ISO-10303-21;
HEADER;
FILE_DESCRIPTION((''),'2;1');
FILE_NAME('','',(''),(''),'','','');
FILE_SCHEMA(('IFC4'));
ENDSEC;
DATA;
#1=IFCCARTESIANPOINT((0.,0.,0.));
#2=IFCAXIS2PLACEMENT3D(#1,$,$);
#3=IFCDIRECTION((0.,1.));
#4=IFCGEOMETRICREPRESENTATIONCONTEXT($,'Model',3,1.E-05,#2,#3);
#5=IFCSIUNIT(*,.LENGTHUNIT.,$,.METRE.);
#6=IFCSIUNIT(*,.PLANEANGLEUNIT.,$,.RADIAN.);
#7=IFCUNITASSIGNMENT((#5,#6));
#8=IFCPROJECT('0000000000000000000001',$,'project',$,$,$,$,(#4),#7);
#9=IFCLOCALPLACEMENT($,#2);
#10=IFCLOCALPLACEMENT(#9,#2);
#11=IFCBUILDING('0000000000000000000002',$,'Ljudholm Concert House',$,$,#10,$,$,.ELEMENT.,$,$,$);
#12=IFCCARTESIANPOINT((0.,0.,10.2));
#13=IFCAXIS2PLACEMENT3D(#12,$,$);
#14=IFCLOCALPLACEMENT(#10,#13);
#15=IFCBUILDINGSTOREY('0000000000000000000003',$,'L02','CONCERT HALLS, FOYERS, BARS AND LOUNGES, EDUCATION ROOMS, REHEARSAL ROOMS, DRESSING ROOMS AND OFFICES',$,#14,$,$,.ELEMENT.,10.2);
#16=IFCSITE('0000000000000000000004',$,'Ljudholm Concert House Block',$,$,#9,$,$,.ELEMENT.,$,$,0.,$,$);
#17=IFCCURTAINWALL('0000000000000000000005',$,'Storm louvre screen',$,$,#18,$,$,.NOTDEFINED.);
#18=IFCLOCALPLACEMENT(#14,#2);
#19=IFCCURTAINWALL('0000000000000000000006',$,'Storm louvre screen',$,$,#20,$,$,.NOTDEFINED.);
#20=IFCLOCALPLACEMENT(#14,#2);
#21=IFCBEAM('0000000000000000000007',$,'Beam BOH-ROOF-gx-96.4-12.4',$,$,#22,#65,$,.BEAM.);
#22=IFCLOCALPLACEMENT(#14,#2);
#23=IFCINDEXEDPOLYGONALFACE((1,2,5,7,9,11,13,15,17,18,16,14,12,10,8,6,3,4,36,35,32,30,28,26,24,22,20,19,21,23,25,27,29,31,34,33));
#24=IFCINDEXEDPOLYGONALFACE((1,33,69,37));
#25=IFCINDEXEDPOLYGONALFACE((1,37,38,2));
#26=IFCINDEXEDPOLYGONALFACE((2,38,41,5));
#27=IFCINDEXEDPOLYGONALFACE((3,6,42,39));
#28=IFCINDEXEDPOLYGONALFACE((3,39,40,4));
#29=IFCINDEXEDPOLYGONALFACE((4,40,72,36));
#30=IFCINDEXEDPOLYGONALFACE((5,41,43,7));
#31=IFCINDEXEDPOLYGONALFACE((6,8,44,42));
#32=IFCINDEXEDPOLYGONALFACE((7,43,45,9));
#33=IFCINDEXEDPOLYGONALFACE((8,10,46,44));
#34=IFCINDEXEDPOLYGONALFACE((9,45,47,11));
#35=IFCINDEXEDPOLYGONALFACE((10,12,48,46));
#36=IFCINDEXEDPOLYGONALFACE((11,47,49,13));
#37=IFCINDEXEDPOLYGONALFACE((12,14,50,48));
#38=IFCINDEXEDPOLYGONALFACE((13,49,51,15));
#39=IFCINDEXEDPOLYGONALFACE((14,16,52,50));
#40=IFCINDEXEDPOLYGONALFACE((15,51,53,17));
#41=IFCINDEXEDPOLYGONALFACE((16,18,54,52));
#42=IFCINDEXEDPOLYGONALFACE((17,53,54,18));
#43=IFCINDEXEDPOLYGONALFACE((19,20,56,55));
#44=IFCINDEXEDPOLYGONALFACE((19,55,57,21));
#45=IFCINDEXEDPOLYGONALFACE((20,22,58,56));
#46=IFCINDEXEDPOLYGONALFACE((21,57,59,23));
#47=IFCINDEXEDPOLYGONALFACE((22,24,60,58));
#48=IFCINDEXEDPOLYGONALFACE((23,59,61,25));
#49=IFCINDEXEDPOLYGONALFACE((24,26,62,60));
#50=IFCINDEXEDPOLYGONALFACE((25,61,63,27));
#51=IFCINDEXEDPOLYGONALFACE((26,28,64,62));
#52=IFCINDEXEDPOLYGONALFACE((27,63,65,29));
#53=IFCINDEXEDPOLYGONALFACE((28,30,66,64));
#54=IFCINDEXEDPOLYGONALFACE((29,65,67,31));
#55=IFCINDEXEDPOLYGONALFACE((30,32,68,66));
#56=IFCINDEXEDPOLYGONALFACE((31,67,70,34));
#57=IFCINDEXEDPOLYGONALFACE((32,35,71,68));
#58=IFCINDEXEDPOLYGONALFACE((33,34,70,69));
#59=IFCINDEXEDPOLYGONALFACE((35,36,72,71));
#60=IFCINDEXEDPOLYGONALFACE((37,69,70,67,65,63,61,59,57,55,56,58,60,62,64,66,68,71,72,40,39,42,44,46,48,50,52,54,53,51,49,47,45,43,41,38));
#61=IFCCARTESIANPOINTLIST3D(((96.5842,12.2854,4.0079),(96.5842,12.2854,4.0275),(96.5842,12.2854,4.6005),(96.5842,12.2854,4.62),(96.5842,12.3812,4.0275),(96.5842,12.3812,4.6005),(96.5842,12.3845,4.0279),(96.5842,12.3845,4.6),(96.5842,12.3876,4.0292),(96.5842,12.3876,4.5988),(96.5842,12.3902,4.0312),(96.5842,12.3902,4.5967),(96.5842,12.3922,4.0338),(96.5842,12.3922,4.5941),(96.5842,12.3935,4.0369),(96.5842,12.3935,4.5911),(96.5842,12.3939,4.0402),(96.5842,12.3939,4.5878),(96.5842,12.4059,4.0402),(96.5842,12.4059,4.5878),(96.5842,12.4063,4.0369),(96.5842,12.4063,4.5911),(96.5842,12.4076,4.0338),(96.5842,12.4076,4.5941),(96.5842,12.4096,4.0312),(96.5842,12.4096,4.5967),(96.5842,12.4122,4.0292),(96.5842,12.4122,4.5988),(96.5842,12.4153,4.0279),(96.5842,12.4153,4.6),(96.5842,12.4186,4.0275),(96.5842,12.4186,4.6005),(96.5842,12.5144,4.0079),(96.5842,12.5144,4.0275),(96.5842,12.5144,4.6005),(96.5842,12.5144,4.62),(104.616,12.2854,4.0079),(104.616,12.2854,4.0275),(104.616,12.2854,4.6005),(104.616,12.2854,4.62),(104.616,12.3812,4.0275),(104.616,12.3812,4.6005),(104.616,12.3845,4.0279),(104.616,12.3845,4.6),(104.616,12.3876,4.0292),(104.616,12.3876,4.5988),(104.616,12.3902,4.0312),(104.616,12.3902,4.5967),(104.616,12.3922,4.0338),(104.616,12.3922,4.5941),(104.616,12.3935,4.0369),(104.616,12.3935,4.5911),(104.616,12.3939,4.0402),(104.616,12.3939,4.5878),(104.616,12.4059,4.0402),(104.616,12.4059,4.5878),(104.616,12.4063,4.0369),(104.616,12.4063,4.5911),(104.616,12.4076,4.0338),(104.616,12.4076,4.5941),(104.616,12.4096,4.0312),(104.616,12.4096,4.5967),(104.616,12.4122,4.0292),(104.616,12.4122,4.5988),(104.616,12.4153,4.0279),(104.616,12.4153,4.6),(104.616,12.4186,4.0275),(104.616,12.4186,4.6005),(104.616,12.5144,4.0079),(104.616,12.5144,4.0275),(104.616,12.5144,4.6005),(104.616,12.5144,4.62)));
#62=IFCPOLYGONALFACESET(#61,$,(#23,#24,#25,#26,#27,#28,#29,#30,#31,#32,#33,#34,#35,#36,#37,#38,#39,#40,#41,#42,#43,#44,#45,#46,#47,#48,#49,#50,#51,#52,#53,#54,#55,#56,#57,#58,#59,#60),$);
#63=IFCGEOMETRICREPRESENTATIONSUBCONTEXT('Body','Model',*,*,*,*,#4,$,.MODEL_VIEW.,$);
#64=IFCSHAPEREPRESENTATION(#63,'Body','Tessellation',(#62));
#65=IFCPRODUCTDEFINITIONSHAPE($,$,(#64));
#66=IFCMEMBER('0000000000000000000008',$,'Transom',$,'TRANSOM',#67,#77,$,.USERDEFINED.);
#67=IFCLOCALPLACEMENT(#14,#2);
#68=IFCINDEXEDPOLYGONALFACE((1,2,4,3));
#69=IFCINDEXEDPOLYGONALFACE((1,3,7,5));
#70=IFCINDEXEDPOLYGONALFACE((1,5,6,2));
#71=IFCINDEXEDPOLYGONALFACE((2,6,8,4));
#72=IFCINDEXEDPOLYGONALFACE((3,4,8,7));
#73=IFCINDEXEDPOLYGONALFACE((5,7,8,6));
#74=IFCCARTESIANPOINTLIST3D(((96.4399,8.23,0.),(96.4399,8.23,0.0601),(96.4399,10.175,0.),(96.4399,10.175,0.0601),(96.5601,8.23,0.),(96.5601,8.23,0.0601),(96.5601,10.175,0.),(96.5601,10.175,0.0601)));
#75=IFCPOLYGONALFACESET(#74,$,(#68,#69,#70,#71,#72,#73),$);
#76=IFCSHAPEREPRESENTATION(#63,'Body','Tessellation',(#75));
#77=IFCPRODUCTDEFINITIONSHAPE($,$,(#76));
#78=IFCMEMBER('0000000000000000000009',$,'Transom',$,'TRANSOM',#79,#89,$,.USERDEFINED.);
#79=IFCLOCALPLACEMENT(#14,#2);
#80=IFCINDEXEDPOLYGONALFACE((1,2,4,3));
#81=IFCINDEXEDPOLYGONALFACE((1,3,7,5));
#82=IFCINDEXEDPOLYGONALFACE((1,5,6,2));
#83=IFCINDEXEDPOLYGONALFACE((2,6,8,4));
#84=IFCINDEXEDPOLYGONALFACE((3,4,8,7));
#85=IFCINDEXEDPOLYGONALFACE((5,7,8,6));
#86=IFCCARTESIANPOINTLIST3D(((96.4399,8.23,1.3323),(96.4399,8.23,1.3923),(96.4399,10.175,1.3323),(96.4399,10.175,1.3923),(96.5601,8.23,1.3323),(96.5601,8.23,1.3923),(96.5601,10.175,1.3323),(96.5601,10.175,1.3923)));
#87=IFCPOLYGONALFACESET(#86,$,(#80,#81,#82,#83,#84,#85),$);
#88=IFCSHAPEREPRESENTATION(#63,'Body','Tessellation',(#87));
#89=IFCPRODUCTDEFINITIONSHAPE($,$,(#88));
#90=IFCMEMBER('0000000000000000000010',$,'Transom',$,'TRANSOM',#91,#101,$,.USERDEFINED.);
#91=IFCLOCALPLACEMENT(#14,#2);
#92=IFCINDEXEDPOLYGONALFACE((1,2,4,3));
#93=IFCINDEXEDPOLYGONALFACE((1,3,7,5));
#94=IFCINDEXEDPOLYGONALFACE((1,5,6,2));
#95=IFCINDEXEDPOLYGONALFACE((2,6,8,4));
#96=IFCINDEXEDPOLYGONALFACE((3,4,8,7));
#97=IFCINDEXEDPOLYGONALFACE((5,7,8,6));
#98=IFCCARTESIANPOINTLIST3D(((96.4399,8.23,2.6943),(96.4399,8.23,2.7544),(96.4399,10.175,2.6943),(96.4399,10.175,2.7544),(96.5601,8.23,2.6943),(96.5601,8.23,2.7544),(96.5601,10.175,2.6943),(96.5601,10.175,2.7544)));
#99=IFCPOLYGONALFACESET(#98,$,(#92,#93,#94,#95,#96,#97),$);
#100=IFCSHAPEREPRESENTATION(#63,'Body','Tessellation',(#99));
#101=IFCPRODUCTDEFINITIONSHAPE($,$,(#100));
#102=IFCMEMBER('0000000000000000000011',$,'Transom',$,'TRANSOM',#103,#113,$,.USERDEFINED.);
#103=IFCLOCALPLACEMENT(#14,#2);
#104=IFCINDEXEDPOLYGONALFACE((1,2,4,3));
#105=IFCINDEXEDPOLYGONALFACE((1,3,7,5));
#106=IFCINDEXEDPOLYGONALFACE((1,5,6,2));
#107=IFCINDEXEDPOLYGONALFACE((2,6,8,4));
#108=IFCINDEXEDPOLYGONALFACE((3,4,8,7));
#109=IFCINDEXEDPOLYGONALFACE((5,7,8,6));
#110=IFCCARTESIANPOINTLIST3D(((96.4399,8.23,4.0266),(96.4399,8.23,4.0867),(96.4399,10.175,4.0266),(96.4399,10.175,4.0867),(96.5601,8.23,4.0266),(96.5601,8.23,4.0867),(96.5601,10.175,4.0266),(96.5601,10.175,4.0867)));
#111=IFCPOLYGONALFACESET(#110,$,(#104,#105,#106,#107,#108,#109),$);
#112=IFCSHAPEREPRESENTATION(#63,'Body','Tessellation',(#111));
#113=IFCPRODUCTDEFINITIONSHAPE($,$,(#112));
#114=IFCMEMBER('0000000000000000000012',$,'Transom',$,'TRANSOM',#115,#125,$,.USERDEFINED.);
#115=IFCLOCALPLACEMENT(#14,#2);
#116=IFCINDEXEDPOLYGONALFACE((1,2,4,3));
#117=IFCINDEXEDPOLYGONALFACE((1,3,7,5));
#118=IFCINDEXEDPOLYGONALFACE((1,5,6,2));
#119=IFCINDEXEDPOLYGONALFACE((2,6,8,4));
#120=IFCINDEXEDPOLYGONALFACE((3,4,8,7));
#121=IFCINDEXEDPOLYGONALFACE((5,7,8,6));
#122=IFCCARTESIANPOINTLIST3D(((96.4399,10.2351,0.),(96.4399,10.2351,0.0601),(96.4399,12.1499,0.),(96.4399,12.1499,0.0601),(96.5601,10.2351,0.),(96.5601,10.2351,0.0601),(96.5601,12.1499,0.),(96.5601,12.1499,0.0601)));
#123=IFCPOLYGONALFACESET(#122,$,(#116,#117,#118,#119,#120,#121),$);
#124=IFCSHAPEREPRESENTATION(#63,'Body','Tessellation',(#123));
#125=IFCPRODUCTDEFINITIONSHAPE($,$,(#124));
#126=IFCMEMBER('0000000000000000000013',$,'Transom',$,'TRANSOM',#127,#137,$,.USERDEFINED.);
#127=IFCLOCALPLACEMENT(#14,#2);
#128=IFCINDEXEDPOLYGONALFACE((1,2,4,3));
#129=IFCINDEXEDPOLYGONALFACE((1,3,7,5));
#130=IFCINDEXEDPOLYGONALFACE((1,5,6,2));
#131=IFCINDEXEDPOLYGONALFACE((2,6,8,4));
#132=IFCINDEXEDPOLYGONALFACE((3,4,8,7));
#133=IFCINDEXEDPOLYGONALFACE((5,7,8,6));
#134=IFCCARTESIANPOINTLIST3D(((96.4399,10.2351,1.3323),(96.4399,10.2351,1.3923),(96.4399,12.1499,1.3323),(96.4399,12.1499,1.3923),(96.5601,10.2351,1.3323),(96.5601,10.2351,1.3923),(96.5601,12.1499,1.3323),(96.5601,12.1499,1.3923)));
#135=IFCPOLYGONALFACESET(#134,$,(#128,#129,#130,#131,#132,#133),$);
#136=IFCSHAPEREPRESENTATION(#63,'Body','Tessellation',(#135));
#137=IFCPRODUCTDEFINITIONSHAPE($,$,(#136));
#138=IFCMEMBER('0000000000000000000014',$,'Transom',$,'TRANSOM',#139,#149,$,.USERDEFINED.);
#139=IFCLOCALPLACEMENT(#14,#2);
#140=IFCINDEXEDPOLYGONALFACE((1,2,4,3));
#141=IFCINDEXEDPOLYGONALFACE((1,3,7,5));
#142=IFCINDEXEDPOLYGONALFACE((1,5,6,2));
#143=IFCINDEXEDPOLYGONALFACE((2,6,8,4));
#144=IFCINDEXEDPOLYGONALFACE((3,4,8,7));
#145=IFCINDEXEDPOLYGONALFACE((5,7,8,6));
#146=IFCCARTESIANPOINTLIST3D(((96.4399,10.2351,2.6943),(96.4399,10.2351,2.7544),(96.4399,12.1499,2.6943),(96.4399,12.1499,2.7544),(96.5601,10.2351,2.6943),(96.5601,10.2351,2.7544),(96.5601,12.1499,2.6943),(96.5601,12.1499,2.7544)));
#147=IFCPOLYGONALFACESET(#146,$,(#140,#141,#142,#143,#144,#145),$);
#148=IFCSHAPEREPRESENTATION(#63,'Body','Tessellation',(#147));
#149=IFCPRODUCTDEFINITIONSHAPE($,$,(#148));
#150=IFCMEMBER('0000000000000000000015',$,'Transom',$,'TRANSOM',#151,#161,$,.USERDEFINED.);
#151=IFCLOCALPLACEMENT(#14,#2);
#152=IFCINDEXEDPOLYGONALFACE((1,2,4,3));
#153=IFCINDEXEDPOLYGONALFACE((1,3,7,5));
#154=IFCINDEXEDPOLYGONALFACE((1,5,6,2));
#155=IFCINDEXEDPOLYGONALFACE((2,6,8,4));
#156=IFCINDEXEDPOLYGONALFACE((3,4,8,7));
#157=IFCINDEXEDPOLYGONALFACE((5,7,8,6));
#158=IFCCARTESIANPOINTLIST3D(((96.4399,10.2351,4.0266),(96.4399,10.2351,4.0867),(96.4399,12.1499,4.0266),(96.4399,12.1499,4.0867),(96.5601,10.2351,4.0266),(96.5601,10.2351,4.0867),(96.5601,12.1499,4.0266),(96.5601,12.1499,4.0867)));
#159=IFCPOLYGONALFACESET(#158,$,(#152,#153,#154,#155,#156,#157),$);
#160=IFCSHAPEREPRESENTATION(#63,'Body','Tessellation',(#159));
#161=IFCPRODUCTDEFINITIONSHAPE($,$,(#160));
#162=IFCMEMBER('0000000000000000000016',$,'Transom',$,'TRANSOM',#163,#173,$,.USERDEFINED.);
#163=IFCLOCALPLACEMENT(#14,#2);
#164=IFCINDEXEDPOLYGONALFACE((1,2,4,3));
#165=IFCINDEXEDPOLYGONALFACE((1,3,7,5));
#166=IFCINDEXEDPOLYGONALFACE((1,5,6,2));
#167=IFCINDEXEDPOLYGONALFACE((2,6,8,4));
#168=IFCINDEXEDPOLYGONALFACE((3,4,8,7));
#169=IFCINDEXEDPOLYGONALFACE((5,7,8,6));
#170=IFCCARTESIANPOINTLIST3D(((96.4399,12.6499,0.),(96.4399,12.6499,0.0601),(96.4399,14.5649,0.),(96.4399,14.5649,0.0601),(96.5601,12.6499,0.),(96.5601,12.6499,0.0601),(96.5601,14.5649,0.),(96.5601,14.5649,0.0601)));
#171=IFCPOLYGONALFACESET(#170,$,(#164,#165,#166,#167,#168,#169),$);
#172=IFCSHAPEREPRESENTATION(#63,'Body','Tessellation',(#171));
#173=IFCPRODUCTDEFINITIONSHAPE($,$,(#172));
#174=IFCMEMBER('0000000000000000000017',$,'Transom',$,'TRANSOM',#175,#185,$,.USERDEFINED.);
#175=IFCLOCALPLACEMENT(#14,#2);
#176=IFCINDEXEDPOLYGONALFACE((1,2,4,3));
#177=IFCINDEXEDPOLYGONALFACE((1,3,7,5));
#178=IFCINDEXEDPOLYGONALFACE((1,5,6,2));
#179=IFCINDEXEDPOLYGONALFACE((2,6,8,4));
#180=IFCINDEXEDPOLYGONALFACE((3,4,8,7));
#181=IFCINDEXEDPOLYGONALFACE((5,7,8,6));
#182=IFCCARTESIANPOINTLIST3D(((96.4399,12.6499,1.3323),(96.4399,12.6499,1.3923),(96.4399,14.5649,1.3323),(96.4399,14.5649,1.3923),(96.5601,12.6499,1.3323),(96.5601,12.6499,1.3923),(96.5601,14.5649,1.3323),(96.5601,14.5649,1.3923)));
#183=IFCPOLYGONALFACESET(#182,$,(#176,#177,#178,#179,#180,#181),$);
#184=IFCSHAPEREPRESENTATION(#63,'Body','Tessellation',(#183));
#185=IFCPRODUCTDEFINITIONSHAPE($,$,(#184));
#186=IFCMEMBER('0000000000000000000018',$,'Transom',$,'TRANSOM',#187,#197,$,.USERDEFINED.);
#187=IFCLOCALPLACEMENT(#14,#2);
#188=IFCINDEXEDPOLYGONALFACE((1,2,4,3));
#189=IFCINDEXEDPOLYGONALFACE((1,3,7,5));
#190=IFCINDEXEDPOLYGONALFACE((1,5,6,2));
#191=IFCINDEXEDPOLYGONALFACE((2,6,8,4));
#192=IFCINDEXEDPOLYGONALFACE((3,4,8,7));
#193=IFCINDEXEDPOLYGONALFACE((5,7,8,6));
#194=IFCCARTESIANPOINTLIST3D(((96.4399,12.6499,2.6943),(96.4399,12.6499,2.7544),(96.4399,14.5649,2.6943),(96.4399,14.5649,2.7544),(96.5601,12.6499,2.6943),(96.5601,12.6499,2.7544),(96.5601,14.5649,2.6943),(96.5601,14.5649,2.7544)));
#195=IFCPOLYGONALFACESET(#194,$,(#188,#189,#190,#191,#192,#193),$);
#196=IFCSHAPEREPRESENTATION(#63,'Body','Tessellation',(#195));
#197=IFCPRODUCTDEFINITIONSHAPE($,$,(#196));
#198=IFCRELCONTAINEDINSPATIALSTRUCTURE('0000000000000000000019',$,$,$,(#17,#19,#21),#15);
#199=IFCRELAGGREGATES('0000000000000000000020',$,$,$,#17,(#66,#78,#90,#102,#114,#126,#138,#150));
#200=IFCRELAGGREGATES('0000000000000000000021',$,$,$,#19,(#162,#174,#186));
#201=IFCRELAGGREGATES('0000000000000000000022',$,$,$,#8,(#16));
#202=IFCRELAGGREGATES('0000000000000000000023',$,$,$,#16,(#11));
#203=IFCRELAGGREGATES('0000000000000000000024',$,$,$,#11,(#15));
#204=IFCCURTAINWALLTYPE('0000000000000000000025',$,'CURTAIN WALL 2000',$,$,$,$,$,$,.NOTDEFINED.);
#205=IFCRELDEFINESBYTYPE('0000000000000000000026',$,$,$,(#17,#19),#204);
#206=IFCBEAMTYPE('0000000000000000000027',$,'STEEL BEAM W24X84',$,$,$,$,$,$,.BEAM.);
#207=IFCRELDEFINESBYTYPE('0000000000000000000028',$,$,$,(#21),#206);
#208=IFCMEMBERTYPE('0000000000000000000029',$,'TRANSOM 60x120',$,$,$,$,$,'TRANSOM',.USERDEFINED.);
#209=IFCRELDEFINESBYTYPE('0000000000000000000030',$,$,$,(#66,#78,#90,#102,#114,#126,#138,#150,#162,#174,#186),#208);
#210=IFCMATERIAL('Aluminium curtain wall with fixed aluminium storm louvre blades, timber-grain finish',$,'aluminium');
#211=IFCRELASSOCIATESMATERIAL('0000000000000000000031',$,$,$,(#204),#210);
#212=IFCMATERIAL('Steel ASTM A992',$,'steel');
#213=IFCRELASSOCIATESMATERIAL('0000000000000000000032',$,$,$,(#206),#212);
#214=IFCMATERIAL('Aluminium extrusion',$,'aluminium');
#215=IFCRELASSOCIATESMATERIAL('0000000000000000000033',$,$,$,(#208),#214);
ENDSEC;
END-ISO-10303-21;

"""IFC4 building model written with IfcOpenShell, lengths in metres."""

from ifc_helpers import new_model, si_unit, direction, frame, origin, origin_2d, place, context, subcontext, project, spatial, rectangle, i_section, extrude, material, material_profile, profile_set, type_object, element, aggregate, save


model = new_model("IFC4")

# Units and contexts
model_context = context("Model", 3, precision=1e-05, world=origin(), true_north=direction((0.0, 1.0)))
body_context = subcontext(model_context, "Body", "Model", "MODEL_VIEW")
ifc_project = project(units=[si_unit("LENGTHUNIT", "METRE"), si_unit("PLANEANGLEUNIT", "RADIAN")], contexts=[model_context])

# Site, building, storey
site_placement = place(None, origin())
site = spatial("IfcSite", under=ifc_project, at=site_placement, Name="Ljudholm Concert House Block", CompositionType="ELEMENT", RefElevation=0.0)
building_placement = place(site_placement, origin())
building = spatial("IfcBuilding", under=site, at=building_placement, Name="Ljudholm Concert House", CompositionType="ELEMENT")
storey_placement = place(building_placement, frame((0.0, 0.0, 10.2)))
storey = spatial("IfcBuildingStorey", under=building, at=storey_placement, Name="L02", Description="CONCERT HALLS, FOYERS, BARS AND LOUNGES, EDUCATION ROOMS, REHEARSAL ROOMS, DRESSING ROOMS AND OFFICES", CompositionType="ELEMENT", Elevation=10.2)

# Curtain wall
ifc_material_1 = material(Name="Aluminium curtain wall with fixed aluminium storm louvre blades, timber-grain finish", Category="aluminium")
curtain_wall_type = type_object("IfcCurtainWallType", Name="CURTAIN WALL 2000", PredefinedType="NOTDEFINED", material=ifc_material_1)
curtain_wall_1_placement = place(storey_placement, origin())
curtain_wall_1 = element("IfcCurtainWall", 1, at=curtain_wall_1_placement, inside=storey, type_object=curtain_wall_type, Name="Storm louvre screen", PredefinedType="NOTDEFINED")

# Curtain wall
curtain_wall_2_placement = place(storey_placement, origin())
curtain_wall_2 = element("IfcCurtainWall", 2, at=curtain_wall_2_placement, inside=storey, type_object=curtain_wall_type, Name="Storm louvre screen", PredefinedType="NOTDEFINED")

# Beam
ifc_material_2 = material(Name="Steel ASTM A992", Category="steel")
ifc_material_profile_1 = material_profile(ifc_material_2, i_section(OverallWidth=0.229, OverallDepth=0.6121, WebThickness=0.012, FlangeThickness=0.0195, FilletRadius=0.0127, at=origin_2d()), Name="W24X84")
ifc_profile_set_1 = profile_set([ifc_material_profile_1], Name="Steel ASTM A992")
beam_type_1 = type_object("IfcBeamType", Name="STEEL BEAM W24X84", PredefinedType="BEAM", material=ifc_profile_set_1)
beam_1_placement = place(storey_placement, frame((96.5842, 12.3999, 4.314), z_axis=(1.0, 0.0, 0.0), x_axis=(0.0, 1.0, 0.0)))
element("IfcBeam", 3, at=beam_1_placement, inside=storey, type_object=beam_type_1, Name="Beam BOH-ROOF-gx-96.4-12.4", PredefinedType="BEAM", context=body_context, shape_type="SweptSolid", body=[
    extrude(i_section(OverallWidth=0.229, OverallDepth=0.6121, WebThickness=0.012, FlangeThickness=0.0195, FilletRadius=0.0127, at=origin_2d()), origin(), (0.0, 0.0, 1.0), 8.0317),
])

# Members
ifc_material_3 = material(Name="Aluminium extrusion", Category="aluminium")
ifc_material_profile_2 = material_profile(ifc_material_3, rectangle(XDim=0.1201, YDim=0.0601, at=origin_2d()), Name="TRANSOM 60x120")
ifc_profile_set_2 = profile_set([ifc_material_profile_2], Name="Aluminium extrusion")
member_type_1 = type_object("IfcMemberType", Name="TRANSOM 60x120", ElementType="TRANSOM", PredefinedType="USERDEFINED", material=ifc_profile_set_2)
member_1_placement = place(storey_placement, frame((96.5, 8.23, 0.03), z_axis=(0.0, 1.0, 0.0), x_axis=(-1.0, 0.0, 0.0)))
member_1 = element("IfcMember", 4, at=member_1_placement, type_object=member_type_1, Name="Transom", ObjectType="TRANSOM", PredefinedType="USERDEFINED", context=body_context, shape_type="SweptSolid", body=[
    extrude(rectangle(XDim=0.1201, YDim=0.0601, at=origin_2d()), origin(), (0.0, 0.0, 1.0), 1.9451),
])
member_2_placement = place(storey_placement, frame((96.5, 8.23, 1.3623), z_axis=(0.0, 1.0, 0.0), x_axis=(-1.0, 0.0, 0.0)))
member_2 = element("IfcMember", 5, at=member_2_placement, type_object=member_type_1, Name="Transom", ObjectType="TRANSOM", PredefinedType="USERDEFINED", context=body_context, shape_type="SweptSolid", body=[
    extrude(rectangle(XDim=0.1201, YDim=0.0601, at=origin_2d()), origin(), (0.0, 0.0, 1.0), 1.9451),
])
member_3_placement = place(storey_placement, frame((96.5, 8.23, 2.7244), z_axis=(0.0, 1.0, 0.0), x_axis=(-1.0, 0.0, 0.0)))
member_3 = element("IfcMember", 6, at=member_3_placement, type_object=member_type_1, Name="Transom", ObjectType="TRANSOM", PredefinedType="USERDEFINED", context=body_context, shape_type="SweptSolid", body=[
    extrude(rectangle(XDim=0.1201, YDim=0.0601, at=origin_2d()), origin(), (0.0, 0.0, 1.0), 1.9451),
])
member_4_placement = place(storey_placement, frame((96.5, 8.23, 4.0566), z_axis=(0.0, 1.0, 0.0), x_axis=(-1.0, 0.0, 0.0)))
member_4 = element("IfcMember", 7, at=member_4_placement, type_object=member_type_1, Name="Transom", ObjectType="TRANSOM", PredefinedType="USERDEFINED", context=body_context, shape_type="SweptSolid", body=[
    extrude(rectangle(XDim=0.1201, YDim=0.0601, at=origin_2d()), origin(), (0.0, 0.0, 1.0), 1.9451),
])
member_5_placement = place(storey_placement, frame((96.5, 10.2351, 0.03), z_axis=(0.0, 1.0, 0.0), x_axis=(-1.0, 0.0, 0.0)))
member_5 = element("IfcMember", 8, at=member_5_placement, type_object=member_type_1, Name="Transom", ObjectType="TRANSOM", PredefinedType="USERDEFINED", context=body_context, shape_type="SweptSolid", body=[
    extrude(rectangle(XDim=0.1201, YDim=0.0601, at=origin_2d()), origin(), (0.0, 0.0, 1.0), 1.9148),
])
member_6_placement = place(storey_placement, frame((96.5, 10.2351, 1.3623), z_axis=(0.0, 1.0, 0.0), x_axis=(-1.0, 0.0, 0.0)))
member_6 = element("IfcMember", 9, at=member_6_placement, type_object=member_type_1, Name="Transom", ObjectType="TRANSOM", PredefinedType="USERDEFINED", context=body_context, shape_type="SweptSolid", body=[
    extrude(rectangle(XDim=0.1201, YDim=0.0601, at=origin_2d()), origin(), (0.0, 0.0, 1.0), 1.9148),
])
member_7_placement = place(storey_placement, frame((96.5, 10.2351, 2.7244), z_axis=(0.0, 1.0, 0.0), x_axis=(-1.0, 0.0, 0.0)))
member_7 = element("IfcMember", 10, at=member_7_placement, type_object=member_type_1, Name="Transom", ObjectType="TRANSOM", PredefinedType="USERDEFINED", context=body_context, shape_type="SweptSolid", body=[
    extrude(rectangle(XDim=0.1201, YDim=0.0601, at=origin_2d()), origin(), (0.0, 0.0, 1.0), 1.9148),
])
member_8_placement = place(storey_placement, frame((96.5, 10.2351, 4.0566), z_axis=(0.0, 1.0, 0.0), x_axis=(-1.0, 0.0, 0.0)))
member_8 = element("IfcMember", 11, at=member_8_placement, type_object=member_type_1, Name="Transom", ObjectType="TRANSOM", PredefinedType="USERDEFINED", context=body_context, shape_type="SweptSolid", body=[
    extrude(rectangle(XDim=0.1201, YDim=0.0601, at=origin_2d()), origin(), (0.0, 0.0, 1.0), 1.9148),
])
member_9_placement = place(storey_placement, frame((96.5, 12.6499, 0.03), z_axis=(0.0, 1.0, 0.0), x_axis=(-1.0, 0.0, 0.0)))
member_9 = element("IfcMember", 12, at=member_9_placement, type_object=member_type_1, Name="Transom", ObjectType="TRANSOM", PredefinedType="USERDEFINED", context=body_context, shape_type="SweptSolid", body=[
    extrude(rectangle(XDim=0.1201, YDim=0.0601, at=origin_2d()), origin(), (0.0, 0.0, 1.0), 1.915),
])
member_10_placement = place(storey_placement, frame((96.5, 12.6499, 1.3623), z_axis=(0.0, 1.0, 0.0), x_axis=(-1.0, 0.0, 0.0)))
member_10 = element("IfcMember", 13, at=member_10_placement, type_object=member_type_1, Name="Transom", ObjectType="TRANSOM", PredefinedType="USERDEFINED", context=body_context, shape_type="SweptSolid", body=[
    extrude(rectangle(XDim=0.1201, YDim=0.0601, at=origin_2d()), origin(), (0.0, 0.0, 1.0), 1.915),
])
member_11_placement = place(storey_placement, frame((96.5, 12.6499, 2.7244), z_axis=(0.0, 1.0, 0.0), x_axis=(-1.0, 0.0, 0.0)))
member_11 = element("IfcMember", 14, at=member_11_placement, type_object=member_type_1, Name="Transom", ObjectType="TRANSOM", PredefinedType="USERDEFINED", context=body_context, shape_type="SweptSolid", body=[
    extrude(rectangle(XDim=0.1201, YDim=0.0601, at=origin_2d()), origin(), (0.0, 0.0, 1.0), 1.915),
])

aggregate(curtain_wall_1, [member_1, member_2, member_3, member_4, member_5, member_6, member_7, member_8])
aggregate(curtain_wall_2, [member_9, member_10, member_11])

save(model, "model.ifc")
